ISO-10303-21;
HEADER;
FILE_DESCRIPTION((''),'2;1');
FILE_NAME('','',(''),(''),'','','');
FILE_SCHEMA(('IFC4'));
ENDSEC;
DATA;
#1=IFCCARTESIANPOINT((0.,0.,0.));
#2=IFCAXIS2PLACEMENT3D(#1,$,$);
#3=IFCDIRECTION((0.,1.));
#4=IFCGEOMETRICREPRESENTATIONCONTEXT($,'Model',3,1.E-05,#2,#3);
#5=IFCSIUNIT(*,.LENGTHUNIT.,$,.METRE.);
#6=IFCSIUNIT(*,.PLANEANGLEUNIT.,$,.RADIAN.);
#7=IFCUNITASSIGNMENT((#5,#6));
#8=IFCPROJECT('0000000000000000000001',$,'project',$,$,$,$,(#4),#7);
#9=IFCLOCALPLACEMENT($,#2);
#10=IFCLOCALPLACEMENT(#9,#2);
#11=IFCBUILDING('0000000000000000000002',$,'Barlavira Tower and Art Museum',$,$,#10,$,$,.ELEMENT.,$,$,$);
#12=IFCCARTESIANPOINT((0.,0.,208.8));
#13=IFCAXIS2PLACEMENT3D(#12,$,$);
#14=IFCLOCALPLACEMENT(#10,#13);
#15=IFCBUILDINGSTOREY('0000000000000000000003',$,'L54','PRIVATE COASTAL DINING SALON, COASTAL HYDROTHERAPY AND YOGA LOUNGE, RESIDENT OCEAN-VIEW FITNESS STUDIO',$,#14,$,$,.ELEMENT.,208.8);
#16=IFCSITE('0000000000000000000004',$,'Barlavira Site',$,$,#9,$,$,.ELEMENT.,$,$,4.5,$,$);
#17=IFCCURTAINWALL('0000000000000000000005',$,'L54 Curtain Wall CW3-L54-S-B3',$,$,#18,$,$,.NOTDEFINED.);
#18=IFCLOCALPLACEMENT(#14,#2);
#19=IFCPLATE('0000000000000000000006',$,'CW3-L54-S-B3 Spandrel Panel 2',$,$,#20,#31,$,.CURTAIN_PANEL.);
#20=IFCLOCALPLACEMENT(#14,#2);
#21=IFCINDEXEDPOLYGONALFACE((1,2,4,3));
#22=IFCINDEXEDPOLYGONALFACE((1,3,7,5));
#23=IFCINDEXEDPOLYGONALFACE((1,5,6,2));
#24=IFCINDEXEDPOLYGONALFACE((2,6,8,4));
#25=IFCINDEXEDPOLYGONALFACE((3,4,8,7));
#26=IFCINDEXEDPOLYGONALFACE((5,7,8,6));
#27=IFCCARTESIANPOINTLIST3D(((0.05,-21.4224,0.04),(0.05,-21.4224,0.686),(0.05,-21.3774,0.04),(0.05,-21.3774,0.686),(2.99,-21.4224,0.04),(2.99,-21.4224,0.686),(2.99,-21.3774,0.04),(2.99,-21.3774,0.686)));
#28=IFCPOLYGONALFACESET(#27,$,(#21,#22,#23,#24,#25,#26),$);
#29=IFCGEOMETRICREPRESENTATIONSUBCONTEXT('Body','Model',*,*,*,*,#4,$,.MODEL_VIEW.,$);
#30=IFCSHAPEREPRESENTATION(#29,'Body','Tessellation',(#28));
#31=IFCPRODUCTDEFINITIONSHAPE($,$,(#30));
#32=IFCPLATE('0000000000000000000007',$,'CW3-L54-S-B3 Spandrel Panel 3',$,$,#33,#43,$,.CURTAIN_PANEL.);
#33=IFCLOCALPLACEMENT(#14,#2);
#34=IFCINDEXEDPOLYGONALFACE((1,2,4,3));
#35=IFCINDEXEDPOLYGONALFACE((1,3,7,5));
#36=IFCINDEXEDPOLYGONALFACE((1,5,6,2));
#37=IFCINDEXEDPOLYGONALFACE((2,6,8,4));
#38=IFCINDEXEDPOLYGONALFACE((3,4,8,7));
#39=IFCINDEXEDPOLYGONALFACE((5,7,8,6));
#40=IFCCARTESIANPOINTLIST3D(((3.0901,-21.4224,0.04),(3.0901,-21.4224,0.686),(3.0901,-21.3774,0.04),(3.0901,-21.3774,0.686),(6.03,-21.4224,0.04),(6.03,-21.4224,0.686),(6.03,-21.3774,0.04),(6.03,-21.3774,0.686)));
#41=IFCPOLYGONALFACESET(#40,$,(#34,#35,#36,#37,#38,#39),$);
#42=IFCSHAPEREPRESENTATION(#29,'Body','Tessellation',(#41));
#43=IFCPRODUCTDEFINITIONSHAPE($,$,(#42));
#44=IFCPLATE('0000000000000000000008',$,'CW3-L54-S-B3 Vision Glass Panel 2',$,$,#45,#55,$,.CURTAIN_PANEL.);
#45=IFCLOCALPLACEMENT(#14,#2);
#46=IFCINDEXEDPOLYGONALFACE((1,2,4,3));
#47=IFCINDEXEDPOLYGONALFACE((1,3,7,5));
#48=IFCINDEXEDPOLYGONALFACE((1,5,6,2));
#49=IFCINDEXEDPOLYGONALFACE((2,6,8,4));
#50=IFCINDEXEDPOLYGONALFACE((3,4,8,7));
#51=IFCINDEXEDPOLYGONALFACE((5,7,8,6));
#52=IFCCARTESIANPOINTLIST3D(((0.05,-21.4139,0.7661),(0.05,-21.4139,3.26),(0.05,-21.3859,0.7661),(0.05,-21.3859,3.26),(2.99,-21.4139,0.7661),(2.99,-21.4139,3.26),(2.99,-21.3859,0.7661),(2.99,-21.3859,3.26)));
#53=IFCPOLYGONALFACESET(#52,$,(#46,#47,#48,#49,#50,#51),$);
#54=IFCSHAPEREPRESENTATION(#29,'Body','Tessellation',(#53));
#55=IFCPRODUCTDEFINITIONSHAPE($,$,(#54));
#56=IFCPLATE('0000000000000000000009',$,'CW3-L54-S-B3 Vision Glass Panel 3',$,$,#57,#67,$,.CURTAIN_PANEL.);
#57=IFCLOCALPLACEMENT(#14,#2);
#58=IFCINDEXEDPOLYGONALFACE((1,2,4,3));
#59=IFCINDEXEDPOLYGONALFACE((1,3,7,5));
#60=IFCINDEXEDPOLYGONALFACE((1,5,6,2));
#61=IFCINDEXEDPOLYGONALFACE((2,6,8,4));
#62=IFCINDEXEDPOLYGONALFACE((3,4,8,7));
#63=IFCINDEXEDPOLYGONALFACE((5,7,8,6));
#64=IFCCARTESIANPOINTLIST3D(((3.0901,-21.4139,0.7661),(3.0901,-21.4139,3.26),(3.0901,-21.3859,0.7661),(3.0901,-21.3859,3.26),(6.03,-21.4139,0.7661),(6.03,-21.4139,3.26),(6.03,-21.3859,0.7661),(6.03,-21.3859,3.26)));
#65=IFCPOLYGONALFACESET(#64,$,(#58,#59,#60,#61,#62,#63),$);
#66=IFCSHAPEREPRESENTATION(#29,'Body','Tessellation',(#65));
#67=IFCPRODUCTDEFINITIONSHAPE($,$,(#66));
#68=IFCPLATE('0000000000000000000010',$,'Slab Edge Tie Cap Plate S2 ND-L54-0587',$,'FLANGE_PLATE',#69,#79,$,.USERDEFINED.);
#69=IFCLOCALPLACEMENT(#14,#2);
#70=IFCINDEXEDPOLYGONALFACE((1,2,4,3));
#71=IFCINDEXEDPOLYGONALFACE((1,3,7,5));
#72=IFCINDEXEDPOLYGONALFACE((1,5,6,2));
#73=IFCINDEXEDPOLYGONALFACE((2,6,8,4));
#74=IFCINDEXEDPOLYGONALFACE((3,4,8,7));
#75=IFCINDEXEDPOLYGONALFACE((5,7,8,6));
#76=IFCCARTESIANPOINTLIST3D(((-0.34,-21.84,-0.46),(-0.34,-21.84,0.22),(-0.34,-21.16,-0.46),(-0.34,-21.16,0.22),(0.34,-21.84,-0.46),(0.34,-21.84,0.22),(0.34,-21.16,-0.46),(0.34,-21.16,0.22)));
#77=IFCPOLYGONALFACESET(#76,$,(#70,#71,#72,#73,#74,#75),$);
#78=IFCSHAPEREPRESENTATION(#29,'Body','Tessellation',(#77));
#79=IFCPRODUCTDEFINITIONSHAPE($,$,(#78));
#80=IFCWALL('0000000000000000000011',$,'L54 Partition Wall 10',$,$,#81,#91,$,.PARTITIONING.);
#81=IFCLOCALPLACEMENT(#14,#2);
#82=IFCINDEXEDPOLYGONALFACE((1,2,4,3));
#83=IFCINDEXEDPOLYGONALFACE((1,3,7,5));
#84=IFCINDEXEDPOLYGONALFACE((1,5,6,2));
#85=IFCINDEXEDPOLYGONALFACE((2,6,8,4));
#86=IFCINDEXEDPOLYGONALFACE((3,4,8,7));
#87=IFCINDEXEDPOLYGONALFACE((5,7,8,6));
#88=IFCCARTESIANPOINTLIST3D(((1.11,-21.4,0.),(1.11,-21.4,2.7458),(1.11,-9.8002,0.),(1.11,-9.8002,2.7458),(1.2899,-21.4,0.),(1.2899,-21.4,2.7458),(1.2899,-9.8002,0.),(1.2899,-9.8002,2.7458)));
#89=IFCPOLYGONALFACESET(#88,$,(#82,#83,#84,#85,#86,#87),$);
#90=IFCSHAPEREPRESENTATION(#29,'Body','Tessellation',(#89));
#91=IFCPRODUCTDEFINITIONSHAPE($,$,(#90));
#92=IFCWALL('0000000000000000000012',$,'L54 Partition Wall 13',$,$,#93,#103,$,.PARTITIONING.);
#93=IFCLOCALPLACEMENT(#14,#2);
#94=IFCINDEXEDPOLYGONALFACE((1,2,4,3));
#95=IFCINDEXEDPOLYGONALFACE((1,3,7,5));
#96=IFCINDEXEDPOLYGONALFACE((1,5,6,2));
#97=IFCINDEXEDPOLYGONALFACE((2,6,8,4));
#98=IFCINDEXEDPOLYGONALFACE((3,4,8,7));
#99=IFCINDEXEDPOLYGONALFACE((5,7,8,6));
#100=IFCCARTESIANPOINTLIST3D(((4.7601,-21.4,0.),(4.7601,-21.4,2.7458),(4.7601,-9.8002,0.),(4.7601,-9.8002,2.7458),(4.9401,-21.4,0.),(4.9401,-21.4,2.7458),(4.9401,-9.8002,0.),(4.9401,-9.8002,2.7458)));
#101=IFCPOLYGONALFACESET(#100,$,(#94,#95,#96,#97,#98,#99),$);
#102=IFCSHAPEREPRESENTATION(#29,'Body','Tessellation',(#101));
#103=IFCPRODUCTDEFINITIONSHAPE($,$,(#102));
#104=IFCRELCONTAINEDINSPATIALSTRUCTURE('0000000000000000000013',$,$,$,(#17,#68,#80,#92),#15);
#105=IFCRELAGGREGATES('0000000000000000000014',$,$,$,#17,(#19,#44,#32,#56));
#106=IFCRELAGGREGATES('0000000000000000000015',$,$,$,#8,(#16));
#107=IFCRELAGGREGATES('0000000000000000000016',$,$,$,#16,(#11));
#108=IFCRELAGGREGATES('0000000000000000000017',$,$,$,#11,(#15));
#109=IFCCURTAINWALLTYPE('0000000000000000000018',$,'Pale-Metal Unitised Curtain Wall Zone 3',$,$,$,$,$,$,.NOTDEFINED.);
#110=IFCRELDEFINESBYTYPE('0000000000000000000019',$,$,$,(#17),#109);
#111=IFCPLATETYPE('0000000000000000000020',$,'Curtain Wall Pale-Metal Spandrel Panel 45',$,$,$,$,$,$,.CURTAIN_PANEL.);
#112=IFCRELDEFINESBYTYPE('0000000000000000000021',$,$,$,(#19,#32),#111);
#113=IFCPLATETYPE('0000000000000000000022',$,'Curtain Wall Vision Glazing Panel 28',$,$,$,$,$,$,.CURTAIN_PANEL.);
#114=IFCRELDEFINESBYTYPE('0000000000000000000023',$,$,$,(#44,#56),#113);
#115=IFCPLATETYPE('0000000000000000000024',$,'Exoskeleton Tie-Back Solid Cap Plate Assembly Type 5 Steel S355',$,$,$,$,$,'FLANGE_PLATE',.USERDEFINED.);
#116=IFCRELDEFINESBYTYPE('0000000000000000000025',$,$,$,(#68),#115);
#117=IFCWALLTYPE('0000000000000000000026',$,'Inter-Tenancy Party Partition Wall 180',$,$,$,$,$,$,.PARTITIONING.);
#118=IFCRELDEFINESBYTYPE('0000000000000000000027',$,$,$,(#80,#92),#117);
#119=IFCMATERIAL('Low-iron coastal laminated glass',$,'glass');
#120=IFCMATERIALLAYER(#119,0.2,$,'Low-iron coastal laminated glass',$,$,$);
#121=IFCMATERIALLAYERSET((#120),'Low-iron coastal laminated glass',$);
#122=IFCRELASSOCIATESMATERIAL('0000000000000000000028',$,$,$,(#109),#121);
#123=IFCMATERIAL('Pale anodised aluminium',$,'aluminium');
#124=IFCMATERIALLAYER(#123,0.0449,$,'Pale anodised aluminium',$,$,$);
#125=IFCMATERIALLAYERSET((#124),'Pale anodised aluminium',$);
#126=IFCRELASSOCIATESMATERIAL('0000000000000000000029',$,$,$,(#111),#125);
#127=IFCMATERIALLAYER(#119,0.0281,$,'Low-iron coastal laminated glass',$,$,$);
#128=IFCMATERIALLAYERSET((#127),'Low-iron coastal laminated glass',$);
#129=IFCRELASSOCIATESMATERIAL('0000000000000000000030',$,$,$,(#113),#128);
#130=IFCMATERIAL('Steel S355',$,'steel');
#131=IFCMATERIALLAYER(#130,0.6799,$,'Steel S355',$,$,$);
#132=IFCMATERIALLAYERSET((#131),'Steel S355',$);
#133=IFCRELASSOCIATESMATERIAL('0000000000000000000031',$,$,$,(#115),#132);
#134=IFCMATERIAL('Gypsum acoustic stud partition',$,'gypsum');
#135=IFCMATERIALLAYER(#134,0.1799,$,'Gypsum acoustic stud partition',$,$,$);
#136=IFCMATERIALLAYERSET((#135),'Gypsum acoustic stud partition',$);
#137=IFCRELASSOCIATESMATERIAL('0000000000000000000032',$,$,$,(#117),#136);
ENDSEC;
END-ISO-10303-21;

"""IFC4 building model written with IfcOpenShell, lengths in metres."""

from ifc_helpers import new_model, si_unit, direction, frame, frame_2d, origin, origin_2d, place, context, subcontext, project, spatial, rectangle, extrude, material, layer, layer_set, type_object, element, aggregate, save


model = new_model("IFC4")

# Units and contexts
model_context = context("Model", 3, precision=1e-05, world=origin(), true_north=direction((0.0, 1.0)))
body_context = subcontext(model_context, "Body", "Model", "MODEL_VIEW")
ifc_project = project(units=[si_unit("LENGTHUNIT", "METRE"), si_unit("PLANEANGLEUNIT", "RADIAN")], contexts=[model_context])

# Site, building, storey
site_placement = place(None, origin())
site = spatial("IfcSite", under=ifc_project, at=site_placement, Name="Barlavira Site", CompositionType="ELEMENT", RefElevation=4.5)
building_placement = place(site_placement, origin())
building = spatial("IfcBuilding", under=site, at=building_placement, Name="Barlavira Tower and Art Museum", CompositionType="ELEMENT")
storey_placement = place(building_placement, frame((0.0, 0.0, 208.8)))
storey = spatial("IfcBuildingStorey", under=building, at=storey_placement, Name="L54", Description="PRIVATE COASTAL DINING SALON, COASTAL HYDROTHERAPY AND YOGA LOUNGE, RESIDENT OCEAN-VIEW FITNESS STUDIO", CompositionType="ELEMENT", Elevation=208.8)

# Curtain wall
ifc_material_1 = material(Name="Low-iron coastal laminated glass", Category="glass")
ifc_layer_1 = layer(ifc_material_1, 0.2, Name="Low-iron coastal laminated glass")
ifc_layer_set_1 = layer_set([ifc_layer_1], Name="Low-iron coastal laminated glass")
curtain_wall_type = type_object("IfcCurtainWallType", Name="Pale-Metal Unitised Curtain Wall Zone 3", PredefinedType="NOTDEFINED", material=ifc_layer_set_1)
curtain_wall_placement = place(storey_placement, origin())
curtain_wall = element("IfcCurtainWall", 1, at=curtain_wall_placement, inside=storey, type_object=curtain_wall_type, Name="L54 Curtain Wall CW3-L54-S-B3", PredefinedType="NOTDEFINED")
ifc_material_2 = material(Name="Pale anodised aluminium", Category="aluminium")

# Shared definitions
ifc_material_3 = material(Name="Steel S355", Category="steel")

# Plates
ifc_layer_2 = layer(ifc_material_2, 0.0449, Name="Pale anodised aluminium")
ifc_layer_set_2 = layer_set([ifc_layer_2], Name="Pale anodised aluminium")
plate_type_1 = type_object("IfcPlateType", Name="Curtain Wall Pale-Metal Spandrel Panel 45", PredefinedType="CURTAIN_PANEL", material=ifc_layer_set_2)
plate_1_placement = place(storey_placement, frame((1.52, -21.3999, 0.04), z_axis=(0.0, 0.0, 1.0), x_axis=(1.0, 0.0, 0.0)))
plate_1 = element("IfcPlate", 2, at=plate_1_placement, type_object=plate_type_1, Name="CW3-L54-S-B3 Spandrel Panel 2", PredefinedType="CURTAIN_PANEL", context=body_context, shape_type="SweptSolid", body=[
    extrude(rectangle(XDim=2.9399, YDim=0.0449, at=origin_2d()), origin(), (0.0, 0.0, 1.0), 0.646),
])
plate_2_placement = place(storey_placement, frame((4.5601, -21.3999, 0.04), z_axis=(0.0, 0.0, 1.0), x_axis=(1.0, 0.0, 0.0)))
plate_2 = element("IfcPlate", 3, at=plate_2_placement, type_object=plate_type_1, Name="CW3-L54-S-B3 Spandrel Panel 3", PredefinedType="CURTAIN_PANEL", context=body_context, shape_type="SweptSolid", body=[
    extrude(rectangle(XDim=2.9399, YDim=0.0449, at=origin_2d()), origin(), (0.0, 0.0, 1.0), 0.646),
])
ifc_layer_3 = layer(ifc_material_1, 0.0281, Name="Low-iron coastal laminated glass")
ifc_layer_set_3 = layer_set([ifc_layer_3], Name="Low-iron coastal laminated glass")
plate_type_2 = type_object("IfcPlateType", Name="Curtain Wall Vision Glazing Panel 28", PredefinedType="CURTAIN_PANEL", material=ifc_layer_set_3)
plate_3_placement = place(storey_placement, frame((1.52, -21.3999, 0.7661), z_axis=(0.0, 0.0, 1.0), x_axis=(1.0, 0.0, 0.0)))
plate_3 = element("IfcPlate", 4, at=plate_3_placement, type_object=plate_type_2, Name="CW3-L54-S-B3 Vision Glass Panel 2", PredefinedType="CURTAIN_PANEL", context=body_context, shape_type="SweptSolid", body=[
    extrude(rectangle(XDim=2.9399, YDim=0.0281, at=origin_2d()), origin(), (0.0, 0.0, 1.0), 2.4939),
])
plate_4_placement = place(storey_placement, frame((4.5601, -21.3999, 0.7661), z_axis=(0.0, 0.0, 1.0), x_axis=(1.0, 0.0, 0.0)))
plate_4 = element("IfcPlate", 5, at=plate_4_placement, type_object=plate_type_2, Name="CW3-L54-S-B3 Vision Glass Panel 3", PredefinedType="CURTAIN_PANEL", context=body_context, shape_type="SweptSolid", body=[
    extrude(rectangle(XDim=2.9399, YDim=0.0281, at=origin_2d()), origin(), (0.0, 0.0, 1.0), 2.4939),
])
aggregate(curtain_wall, [plate_1, plate_3, plate_2, plate_4])
ifc_layer_4 = layer(ifc_material_3, 0.6799, Name="Steel S355")
ifc_layer_set_4 = layer_set([ifc_layer_4], Name="Steel S355")
plate_type_3 = type_object("IfcPlateType", Name="Exoskeleton Tie-Back Solid Cap Plate Assembly Type 5 Steel S355", ElementType="FLANGE_PLATE", PredefinedType="USERDEFINED", material=ifc_layer_set_4)
plate_5_placement = place(storey_placement, frame((0.0, -21.5, -0.46), z_axis=(0.0, 0.0, 1.0), x_axis=(1.0, 0.0, 0.0)))
element("IfcPlate", 6, at=plate_5_placement, inside=storey, type_object=plate_type_3, Name="Slab Edge Tie Cap Plate S2 ND-L54-0587", ObjectType="FLANGE_PLATE", PredefinedType="USERDEFINED", context=body_context, shape_type="SweptSolid", body=[
    extrude(rectangle(XDim=0.6799, YDim=0.6799, at=origin_2d()), origin(), (0.0, 0.0, 1.0), 0.6799),
])

# Walls
ifc_material_4 = material(Name="Gypsum acoustic stud partition", Category="gypsum")
ifc_layer_5 = layer(ifc_material_4, 0.1799, Name="Gypsum acoustic stud partition")
ifc_layer_set_5 = layer_set([ifc_layer_5], Name="Gypsum acoustic stud partition")
wall_type = type_object("IfcWallType", Name="Inter-Tenancy Party Partition Wall 180", PredefinedType="PARTITIONING", material=ifc_layer_set_5)
for number, where, z_axis, x_axis, name in (
    (7, (1.2, -21.3999, 0.0), (0.0, 0.0, 1.0), (0.0, 1.0, 0.0), "L54 Partition Wall 10"),
    (8, (4.8501, -21.3999, 0.0), (0.0, 0.0, 1.0), (0.0, 1.0, 0.0), "L54 Partition Wall 13"),
):
    element("IfcWall", number, at=place(storey_placement, frame(where, z_axis=z_axis, x_axis=x_axis)), inside=storey, type_object=wall_type, Name=name, PredefinedType="PARTITIONING", context=body_context, shape_type="SweptSolid", body=[
        extrude(rectangle(XDim=11.5999, YDim=0.1799, at=frame_2d((5.7998, 0.0))), origin(), (0.0, 0.0, 1.0), 2.7458),
    ])

save(model, "model.ifc")
